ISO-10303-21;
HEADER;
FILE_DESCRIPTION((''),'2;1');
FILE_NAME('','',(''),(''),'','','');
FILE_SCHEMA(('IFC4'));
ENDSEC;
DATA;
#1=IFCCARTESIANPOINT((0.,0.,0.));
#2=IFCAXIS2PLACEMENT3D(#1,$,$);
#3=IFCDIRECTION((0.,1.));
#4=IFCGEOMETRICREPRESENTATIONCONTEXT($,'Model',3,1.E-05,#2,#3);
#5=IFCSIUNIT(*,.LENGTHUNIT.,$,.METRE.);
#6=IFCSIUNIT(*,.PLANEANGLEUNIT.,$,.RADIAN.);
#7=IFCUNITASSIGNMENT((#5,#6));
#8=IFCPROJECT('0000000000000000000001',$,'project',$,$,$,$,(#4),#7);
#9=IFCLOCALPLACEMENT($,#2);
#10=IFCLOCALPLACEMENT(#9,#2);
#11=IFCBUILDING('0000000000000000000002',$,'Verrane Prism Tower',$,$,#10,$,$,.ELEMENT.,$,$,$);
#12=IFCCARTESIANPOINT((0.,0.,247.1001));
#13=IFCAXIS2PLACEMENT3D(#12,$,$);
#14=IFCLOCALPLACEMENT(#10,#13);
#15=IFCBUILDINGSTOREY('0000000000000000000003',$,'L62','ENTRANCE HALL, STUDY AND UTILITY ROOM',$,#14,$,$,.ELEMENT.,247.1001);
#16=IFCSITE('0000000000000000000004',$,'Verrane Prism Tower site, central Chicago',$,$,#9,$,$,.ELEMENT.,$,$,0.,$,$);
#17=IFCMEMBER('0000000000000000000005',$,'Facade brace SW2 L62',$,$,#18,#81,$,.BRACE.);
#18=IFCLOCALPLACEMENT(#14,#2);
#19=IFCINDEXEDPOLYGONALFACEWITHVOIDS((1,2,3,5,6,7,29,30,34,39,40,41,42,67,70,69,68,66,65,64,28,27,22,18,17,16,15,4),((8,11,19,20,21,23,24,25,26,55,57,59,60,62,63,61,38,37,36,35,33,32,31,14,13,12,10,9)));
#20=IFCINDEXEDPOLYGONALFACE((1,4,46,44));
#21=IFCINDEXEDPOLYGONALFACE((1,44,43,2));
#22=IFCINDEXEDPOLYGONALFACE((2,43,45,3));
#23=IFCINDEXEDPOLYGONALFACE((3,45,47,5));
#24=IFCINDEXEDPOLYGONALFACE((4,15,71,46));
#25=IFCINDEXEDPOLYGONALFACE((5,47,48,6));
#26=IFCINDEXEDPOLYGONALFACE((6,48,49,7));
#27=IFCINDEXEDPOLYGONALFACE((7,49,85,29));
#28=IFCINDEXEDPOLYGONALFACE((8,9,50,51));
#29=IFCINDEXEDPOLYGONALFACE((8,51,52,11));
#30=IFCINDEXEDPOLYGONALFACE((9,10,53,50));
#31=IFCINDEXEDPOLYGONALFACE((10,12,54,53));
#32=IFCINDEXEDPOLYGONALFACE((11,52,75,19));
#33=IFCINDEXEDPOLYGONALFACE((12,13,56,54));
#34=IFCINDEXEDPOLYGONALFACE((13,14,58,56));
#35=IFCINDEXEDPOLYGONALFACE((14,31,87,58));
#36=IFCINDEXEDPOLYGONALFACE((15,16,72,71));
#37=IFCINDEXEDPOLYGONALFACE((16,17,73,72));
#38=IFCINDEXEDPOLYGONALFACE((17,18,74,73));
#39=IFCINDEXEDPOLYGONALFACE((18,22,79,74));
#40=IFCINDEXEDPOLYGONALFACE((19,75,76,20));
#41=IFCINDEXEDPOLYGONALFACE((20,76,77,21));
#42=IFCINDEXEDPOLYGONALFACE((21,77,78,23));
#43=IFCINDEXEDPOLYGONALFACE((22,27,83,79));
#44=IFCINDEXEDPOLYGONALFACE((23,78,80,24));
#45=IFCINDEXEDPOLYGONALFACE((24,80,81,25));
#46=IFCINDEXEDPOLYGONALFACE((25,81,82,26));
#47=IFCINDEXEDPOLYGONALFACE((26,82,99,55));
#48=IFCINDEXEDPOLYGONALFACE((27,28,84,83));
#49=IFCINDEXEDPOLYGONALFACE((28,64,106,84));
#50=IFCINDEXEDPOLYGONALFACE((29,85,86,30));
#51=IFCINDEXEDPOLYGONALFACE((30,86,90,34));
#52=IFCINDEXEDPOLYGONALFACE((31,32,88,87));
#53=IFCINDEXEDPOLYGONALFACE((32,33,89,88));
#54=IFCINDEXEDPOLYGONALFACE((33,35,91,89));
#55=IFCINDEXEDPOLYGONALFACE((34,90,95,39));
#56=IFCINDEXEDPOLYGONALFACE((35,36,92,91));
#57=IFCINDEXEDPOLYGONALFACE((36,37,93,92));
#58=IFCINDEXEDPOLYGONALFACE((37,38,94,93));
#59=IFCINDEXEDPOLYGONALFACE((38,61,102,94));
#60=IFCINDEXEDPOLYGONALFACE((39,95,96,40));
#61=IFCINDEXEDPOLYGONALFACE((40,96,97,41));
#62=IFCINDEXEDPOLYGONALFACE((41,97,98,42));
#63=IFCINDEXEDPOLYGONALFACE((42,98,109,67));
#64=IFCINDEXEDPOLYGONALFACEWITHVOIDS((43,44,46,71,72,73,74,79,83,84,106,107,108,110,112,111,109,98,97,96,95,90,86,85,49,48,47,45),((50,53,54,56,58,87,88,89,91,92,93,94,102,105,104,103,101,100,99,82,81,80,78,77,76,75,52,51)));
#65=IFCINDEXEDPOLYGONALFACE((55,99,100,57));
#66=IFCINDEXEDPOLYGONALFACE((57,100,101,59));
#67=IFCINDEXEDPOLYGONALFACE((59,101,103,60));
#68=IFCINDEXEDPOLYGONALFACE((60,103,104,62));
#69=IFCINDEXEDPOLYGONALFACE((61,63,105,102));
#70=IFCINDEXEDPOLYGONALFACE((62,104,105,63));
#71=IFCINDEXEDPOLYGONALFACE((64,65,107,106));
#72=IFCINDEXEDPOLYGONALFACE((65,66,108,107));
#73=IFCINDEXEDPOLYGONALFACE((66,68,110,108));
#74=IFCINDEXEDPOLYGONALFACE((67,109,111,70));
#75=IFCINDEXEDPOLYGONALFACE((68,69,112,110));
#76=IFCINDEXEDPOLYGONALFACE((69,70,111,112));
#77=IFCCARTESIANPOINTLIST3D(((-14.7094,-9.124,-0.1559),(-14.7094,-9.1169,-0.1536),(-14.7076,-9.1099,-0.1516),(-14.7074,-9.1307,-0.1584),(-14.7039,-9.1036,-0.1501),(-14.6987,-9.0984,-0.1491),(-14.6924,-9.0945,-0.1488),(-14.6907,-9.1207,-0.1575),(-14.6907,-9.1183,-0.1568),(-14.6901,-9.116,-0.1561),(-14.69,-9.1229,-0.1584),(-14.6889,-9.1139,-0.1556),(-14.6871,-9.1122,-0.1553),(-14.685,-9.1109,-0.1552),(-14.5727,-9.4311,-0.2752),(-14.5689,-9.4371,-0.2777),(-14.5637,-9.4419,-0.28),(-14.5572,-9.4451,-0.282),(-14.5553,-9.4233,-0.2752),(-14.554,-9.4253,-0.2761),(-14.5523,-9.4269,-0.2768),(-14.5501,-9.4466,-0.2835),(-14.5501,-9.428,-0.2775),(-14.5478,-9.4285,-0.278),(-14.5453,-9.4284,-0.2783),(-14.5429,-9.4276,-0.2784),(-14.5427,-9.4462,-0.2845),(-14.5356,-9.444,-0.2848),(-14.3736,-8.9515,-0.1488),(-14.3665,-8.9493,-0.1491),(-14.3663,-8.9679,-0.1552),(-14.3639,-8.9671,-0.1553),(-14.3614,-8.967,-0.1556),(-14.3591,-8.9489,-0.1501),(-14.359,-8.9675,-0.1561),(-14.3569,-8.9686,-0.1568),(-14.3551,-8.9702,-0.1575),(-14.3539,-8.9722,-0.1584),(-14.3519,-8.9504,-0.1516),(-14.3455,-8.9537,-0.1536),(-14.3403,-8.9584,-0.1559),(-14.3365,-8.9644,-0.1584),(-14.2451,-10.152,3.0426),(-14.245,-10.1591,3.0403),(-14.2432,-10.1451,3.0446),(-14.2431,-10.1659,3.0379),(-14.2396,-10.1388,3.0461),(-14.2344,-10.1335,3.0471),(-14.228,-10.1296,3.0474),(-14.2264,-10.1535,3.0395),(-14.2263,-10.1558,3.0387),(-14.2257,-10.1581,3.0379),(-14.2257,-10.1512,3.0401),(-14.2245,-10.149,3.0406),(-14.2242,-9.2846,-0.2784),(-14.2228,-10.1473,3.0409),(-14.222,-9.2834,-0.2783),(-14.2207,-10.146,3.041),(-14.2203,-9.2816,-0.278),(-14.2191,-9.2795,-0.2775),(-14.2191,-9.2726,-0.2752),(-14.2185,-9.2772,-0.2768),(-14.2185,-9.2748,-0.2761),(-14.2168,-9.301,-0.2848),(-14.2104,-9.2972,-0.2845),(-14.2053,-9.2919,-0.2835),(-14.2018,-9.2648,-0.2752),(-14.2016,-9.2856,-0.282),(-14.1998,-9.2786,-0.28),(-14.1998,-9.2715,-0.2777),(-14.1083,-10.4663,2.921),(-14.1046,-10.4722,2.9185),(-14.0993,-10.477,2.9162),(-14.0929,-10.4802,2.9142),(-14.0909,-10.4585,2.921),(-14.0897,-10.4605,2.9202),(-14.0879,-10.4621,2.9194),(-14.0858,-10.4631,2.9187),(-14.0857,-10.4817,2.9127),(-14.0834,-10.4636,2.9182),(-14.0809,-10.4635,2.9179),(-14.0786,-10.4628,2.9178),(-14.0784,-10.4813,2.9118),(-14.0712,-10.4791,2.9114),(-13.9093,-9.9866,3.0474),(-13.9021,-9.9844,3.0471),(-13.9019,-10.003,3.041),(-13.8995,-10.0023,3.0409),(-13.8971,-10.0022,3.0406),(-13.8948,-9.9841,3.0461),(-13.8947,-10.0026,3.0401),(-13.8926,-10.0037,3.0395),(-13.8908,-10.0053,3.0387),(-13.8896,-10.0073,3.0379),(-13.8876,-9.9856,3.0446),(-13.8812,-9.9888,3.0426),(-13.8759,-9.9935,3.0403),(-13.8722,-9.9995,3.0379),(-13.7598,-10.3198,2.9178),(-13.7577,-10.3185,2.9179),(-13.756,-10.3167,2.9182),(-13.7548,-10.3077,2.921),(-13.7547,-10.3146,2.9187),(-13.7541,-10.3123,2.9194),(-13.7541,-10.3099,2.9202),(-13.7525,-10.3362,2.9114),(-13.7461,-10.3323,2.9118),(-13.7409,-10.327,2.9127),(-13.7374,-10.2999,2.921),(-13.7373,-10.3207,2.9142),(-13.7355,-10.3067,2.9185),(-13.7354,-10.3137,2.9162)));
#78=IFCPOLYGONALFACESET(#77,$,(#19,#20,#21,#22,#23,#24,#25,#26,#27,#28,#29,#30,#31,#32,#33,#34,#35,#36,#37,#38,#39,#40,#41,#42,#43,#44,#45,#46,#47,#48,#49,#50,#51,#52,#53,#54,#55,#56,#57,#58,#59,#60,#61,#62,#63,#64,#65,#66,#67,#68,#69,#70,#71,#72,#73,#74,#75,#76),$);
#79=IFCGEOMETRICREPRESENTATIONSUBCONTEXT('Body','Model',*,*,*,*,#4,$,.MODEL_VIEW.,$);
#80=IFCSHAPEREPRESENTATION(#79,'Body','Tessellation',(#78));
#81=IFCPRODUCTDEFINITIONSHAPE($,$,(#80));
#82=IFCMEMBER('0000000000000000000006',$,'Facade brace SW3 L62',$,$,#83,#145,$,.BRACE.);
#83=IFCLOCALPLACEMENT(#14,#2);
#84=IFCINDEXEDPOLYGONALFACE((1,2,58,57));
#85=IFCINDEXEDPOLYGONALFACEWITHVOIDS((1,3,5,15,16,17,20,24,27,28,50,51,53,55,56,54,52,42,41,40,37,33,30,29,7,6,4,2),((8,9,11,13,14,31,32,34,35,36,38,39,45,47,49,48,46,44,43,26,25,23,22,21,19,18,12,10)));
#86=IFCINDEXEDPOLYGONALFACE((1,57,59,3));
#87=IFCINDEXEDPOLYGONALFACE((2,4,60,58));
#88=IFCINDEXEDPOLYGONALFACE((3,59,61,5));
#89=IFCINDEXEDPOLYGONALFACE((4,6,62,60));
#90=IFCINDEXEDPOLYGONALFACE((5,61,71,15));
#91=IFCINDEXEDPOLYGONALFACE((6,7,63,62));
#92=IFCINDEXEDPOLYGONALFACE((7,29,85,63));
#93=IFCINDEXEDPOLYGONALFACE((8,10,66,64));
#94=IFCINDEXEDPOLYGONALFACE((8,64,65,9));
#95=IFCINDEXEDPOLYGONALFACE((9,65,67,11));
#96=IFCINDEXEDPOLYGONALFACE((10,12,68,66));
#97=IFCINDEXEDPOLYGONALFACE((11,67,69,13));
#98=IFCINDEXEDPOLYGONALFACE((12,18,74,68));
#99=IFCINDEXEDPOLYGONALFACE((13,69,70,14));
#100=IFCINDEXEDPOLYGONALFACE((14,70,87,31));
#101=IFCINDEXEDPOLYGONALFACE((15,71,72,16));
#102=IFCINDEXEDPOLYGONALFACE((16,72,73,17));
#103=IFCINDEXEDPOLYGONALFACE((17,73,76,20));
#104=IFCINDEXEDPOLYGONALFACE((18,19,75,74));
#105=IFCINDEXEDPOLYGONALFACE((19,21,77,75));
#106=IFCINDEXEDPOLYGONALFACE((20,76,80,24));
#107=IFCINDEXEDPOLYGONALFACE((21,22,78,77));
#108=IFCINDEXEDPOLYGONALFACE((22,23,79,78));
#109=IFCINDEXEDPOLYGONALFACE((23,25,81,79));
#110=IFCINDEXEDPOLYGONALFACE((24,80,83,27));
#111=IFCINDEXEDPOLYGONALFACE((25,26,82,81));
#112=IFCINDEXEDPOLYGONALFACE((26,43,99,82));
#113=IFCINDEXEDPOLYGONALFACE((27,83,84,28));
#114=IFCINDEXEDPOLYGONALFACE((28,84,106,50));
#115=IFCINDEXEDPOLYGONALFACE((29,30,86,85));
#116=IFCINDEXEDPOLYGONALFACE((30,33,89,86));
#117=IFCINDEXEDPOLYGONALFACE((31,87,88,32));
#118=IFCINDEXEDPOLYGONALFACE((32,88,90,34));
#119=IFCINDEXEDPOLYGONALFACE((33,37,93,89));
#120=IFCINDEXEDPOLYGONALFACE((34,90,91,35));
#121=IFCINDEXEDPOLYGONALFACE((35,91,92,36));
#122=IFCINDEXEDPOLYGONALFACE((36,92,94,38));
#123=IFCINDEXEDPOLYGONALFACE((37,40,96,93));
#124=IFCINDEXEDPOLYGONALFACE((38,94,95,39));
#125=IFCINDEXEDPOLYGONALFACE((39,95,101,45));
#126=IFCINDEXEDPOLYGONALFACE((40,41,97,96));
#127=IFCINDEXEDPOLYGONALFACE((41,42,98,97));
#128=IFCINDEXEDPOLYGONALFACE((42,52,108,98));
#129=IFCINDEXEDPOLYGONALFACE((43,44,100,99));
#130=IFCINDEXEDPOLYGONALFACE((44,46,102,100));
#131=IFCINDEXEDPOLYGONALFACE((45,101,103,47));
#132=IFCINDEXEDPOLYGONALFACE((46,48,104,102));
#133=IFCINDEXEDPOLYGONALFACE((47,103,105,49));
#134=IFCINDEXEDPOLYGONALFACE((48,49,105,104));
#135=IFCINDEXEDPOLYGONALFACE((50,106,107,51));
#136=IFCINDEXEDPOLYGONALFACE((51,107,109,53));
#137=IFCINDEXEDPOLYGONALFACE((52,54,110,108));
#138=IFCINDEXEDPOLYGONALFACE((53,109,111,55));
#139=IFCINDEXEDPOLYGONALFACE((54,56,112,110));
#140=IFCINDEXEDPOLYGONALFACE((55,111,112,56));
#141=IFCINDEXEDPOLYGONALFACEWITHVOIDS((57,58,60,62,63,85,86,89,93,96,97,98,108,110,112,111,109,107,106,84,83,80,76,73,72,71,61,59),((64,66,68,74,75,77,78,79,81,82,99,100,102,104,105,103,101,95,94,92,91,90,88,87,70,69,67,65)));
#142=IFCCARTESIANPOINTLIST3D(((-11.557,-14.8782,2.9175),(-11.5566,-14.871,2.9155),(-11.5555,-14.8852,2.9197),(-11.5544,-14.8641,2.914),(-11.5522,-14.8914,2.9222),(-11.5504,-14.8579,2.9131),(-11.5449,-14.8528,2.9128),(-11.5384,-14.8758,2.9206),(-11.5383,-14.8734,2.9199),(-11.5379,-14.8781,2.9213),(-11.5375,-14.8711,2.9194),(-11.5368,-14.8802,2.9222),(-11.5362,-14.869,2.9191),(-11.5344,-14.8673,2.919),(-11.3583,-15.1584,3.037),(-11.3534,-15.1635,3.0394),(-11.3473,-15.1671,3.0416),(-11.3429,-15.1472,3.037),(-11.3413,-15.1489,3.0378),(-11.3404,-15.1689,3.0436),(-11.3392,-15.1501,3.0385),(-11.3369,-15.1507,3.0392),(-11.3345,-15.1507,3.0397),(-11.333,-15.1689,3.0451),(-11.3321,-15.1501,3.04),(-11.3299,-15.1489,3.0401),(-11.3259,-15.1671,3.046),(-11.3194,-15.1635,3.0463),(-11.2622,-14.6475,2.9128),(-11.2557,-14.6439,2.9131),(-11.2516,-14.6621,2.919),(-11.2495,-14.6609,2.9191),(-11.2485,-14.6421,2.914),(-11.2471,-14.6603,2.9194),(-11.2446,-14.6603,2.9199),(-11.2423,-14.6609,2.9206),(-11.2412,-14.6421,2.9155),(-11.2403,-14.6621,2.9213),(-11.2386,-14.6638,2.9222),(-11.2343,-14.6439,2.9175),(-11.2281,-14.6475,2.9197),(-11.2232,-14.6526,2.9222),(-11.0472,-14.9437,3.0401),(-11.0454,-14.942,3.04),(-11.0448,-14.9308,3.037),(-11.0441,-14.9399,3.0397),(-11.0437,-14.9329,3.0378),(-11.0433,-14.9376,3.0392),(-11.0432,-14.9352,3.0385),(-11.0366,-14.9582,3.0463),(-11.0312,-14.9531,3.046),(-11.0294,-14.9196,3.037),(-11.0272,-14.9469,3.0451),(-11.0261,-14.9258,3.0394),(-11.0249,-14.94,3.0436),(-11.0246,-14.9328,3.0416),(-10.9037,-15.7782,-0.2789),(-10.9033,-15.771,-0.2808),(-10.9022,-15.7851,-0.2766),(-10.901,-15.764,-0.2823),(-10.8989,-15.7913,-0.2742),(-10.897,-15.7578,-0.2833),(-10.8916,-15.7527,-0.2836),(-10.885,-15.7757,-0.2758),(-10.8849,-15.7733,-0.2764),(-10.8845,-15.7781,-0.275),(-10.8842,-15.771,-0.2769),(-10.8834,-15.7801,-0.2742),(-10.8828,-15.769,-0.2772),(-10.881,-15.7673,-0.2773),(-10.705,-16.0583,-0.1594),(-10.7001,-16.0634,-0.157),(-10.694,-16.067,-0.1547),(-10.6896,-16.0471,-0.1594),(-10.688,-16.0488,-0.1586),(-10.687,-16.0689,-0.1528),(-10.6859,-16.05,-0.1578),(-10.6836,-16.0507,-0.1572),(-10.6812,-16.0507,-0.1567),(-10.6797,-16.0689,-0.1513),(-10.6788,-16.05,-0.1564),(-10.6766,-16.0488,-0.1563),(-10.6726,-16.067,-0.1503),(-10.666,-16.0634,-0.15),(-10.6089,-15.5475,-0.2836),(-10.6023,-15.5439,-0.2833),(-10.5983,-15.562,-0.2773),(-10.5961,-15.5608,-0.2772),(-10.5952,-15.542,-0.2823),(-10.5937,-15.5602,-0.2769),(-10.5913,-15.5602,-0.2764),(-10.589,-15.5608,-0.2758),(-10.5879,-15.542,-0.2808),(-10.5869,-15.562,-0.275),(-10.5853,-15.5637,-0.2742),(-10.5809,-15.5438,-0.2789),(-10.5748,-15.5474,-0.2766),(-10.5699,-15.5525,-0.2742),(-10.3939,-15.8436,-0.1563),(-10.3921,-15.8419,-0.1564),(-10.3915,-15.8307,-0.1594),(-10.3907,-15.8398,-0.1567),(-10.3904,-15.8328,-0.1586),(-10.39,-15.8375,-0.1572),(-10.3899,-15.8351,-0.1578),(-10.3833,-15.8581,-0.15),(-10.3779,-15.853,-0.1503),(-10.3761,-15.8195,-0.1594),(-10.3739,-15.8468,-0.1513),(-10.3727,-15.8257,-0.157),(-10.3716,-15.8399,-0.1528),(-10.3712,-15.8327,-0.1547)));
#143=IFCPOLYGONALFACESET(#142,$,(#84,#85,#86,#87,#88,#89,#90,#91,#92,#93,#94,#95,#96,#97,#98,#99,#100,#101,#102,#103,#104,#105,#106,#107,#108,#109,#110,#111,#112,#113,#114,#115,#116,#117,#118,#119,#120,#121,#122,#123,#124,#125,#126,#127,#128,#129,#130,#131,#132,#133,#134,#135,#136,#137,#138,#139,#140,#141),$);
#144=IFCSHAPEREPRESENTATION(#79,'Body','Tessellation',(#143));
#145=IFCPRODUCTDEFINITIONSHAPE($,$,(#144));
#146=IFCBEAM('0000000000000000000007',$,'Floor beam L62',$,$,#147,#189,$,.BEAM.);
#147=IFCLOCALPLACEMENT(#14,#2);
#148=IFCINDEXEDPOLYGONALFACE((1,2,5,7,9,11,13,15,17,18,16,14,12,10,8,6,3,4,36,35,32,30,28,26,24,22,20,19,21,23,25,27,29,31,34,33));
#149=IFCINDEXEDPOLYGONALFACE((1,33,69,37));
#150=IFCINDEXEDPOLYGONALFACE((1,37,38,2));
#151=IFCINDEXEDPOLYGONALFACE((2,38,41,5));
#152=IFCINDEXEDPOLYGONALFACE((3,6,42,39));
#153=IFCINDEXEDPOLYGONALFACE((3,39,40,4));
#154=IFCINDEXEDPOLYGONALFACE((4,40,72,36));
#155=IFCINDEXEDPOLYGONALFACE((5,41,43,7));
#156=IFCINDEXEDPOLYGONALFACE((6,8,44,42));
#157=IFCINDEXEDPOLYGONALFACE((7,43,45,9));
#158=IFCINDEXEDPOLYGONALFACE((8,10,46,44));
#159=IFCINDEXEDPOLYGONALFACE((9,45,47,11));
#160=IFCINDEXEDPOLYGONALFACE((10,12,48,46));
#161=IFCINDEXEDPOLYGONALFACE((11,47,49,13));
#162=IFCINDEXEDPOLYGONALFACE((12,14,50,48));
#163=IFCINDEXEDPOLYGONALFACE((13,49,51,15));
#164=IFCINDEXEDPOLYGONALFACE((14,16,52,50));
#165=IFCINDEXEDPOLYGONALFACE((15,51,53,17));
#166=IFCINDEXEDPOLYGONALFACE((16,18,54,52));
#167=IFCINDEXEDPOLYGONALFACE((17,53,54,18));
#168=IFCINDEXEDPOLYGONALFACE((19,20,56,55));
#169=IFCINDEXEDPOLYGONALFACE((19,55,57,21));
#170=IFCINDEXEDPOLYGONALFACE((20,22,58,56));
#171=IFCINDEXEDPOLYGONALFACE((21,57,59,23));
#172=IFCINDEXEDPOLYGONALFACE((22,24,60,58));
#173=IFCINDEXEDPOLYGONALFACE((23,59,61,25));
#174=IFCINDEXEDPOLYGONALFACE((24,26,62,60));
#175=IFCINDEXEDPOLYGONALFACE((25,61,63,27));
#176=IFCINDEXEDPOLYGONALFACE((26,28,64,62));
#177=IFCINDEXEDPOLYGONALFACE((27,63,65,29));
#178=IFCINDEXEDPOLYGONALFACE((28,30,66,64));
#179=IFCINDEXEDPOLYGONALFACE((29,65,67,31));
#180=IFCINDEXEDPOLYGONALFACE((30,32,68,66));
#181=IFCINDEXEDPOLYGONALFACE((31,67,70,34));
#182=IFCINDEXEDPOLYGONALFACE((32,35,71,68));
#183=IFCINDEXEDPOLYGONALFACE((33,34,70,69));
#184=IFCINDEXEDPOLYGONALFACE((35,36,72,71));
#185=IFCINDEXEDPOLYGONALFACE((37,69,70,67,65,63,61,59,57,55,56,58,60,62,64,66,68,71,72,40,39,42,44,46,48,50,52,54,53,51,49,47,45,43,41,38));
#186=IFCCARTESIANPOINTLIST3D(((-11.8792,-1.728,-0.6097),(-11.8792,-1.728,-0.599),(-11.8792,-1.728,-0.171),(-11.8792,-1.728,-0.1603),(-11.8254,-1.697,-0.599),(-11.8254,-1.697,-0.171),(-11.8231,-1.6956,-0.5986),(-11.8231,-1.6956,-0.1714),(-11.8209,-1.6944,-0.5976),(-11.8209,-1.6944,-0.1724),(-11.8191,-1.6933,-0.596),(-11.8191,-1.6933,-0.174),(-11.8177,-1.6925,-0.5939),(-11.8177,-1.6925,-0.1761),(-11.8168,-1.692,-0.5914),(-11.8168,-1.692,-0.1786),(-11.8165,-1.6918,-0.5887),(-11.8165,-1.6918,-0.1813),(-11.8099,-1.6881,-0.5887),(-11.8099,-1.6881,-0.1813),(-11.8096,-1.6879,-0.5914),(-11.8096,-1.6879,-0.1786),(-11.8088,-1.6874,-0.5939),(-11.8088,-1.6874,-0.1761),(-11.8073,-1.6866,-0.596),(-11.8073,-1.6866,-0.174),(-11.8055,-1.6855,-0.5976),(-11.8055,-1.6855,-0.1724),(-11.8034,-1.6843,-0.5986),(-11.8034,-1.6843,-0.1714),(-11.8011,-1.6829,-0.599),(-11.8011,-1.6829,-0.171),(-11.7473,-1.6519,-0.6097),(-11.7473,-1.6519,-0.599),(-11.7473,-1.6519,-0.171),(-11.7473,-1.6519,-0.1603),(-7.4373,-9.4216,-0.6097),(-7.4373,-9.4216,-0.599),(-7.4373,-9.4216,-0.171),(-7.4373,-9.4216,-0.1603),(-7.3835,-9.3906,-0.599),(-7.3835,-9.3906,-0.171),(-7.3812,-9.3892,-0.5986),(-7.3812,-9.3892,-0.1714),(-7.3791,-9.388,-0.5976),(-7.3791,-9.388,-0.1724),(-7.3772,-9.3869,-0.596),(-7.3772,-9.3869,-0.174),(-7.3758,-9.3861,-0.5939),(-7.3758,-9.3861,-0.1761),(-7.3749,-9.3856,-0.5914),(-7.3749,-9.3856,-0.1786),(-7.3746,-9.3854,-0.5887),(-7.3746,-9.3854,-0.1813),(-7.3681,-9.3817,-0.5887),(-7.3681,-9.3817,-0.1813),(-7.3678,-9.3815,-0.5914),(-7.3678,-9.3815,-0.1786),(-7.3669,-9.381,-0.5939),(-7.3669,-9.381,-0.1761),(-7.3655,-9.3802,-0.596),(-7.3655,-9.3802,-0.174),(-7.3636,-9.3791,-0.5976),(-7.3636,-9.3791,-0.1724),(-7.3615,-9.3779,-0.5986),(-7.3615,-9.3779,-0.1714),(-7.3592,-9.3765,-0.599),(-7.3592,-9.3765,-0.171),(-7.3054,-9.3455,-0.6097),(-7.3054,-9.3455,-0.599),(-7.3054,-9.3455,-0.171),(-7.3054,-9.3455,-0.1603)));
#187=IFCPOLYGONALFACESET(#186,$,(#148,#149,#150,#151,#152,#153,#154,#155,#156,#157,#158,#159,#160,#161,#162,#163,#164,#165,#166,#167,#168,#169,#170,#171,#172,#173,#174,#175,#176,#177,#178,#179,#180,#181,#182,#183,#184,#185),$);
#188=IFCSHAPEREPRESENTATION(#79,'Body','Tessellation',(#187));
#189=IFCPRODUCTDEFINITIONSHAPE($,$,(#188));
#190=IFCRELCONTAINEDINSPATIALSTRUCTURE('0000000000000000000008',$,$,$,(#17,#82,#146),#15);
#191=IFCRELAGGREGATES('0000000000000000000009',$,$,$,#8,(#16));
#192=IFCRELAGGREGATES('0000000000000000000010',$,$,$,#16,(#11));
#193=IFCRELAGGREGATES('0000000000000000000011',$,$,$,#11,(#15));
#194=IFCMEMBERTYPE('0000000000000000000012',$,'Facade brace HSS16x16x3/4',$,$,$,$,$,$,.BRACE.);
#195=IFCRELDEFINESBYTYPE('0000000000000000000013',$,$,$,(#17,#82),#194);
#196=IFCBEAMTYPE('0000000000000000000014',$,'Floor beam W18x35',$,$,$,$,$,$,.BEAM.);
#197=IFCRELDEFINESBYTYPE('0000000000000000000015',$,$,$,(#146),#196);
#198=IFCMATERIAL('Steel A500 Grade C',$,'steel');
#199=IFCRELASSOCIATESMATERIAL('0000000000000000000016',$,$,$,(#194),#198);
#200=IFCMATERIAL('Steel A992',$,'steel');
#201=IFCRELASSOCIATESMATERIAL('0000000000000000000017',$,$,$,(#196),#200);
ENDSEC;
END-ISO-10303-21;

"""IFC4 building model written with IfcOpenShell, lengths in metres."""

from ifc_helpers import new_model, si_unit, direction, frame, origin, origin_2d, place, context, subcontext, project, spatial, hollow_rectangle, i_section, extrude, material, material_profile, profile_set, type_object, element, save


model = new_model("IFC4")

# Units and contexts
model_context = context("Model", 3, precision=1e-05, world=origin(), true_north=direction((0.0, 1.0)))
body_context = subcontext(model_context, "Body", "Model", "MODEL_VIEW")
ifc_project = project(units=[si_unit("LENGTHUNIT", "METRE"), si_unit("PLANEANGLEUNIT", "RADIAN")], contexts=[model_context])

# Site, building, storey
site_placement = place(None, origin())
site = spatial("IfcSite", under=ifc_project, at=site_placement, Name="Verrane Prism Tower site, central Chicago", CompositionType="ELEMENT", RefElevation=0.0)
building_placement = place(site_placement, origin())
building = spatial("IfcBuilding", under=site, at=building_placement, Name="Verrane Prism Tower", CompositionType="ELEMENT")
storey_placement = place(building_placement, frame((0.0, 0.0, 247.1001)))
storey = spatial("IfcBuildingStorey", under=building, at=storey_placement, Name="L62", Description="ENTRANCE HALL, STUDY AND UTILITY ROOM", CompositionType="ELEMENT", Elevation=247.1001)

# Members
ifc_material_1 = material(Name="Steel A500 Grade C", Category="steel")
ifc_material_profile_1 = material_profile(ifc_material_1, hollow_rectangle(XDim=0.4065, YDim=0.4065, WallThickness=0.019, InnerFilletRadius=0.0095, OuterFilletRadius=0.0286, at=origin_2d()), Name="HSS16x16x3/4")
ifc_profile_set_1 = profile_set([ifc_material_profile_1], Name="Steel A500 Grade C")
member_type_1 = type_object("IfcMemberType", Name="Facade brace HSS16x16x3/4", PredefinedType="BRACE", material=ifc_profile_set_1)
member_1_placement = place(storey_placement, frame((-14.4546, -9.1978, -0.2168), z_axis=(0.13691, -0.305205, 0.942393), x_axis=(0.912404, 0.409291, 0.0)))
element("IfcMember", 1, at=member_1_placement, inside=storey, type_object=member_type_1, Name="Facade brace SW2 L62", PredefinedType="BRACE", context=body_context, shape_type="SweptSolid", body=[
    extrude(hollow_rectangle(XDim=0.4065, YDim=0.4065, WallThickness=0.019, InnerFilletRadius=0.0095, OuterFilletRadius=0.0286, at=origin_2d()), origin(), (0.0, 0.0, 1.0), 3.3916),
])
member_2_placement = place(storey_placement, frame((-10.6375, -15.8054, -0.2168), z_axis=(-0.193049, 0.265912, 0.94447), x_axis=(-0.809229, -0.587493, 0.0)))
element("IfcMember", 2, at=member_2_placement, inside=storey, type_object=member_type_1, Name="Facade brace SW3 L62", PredefinedType="BRACE", context=body_context, shape_type="SweptSolid", body=[
    extrude(hollow_rectangle(XDim=0.4065, YDim=0.4065, WallThickness=0.019, InnerFilletRadius=0.0095, OuterFilletRadius=0.0286, at=origin_2d()), origin(), (0.0, 0.0, 1.0), 3.3843),
])

# Beam
ifc_material_2 = material(Name="Steel A992", Category="steel")
ifc_material_profile_2 = material_profile(ifc_material_2, i_section(OverallWidth=0.1523, OverallDepth=0.4495, WebThickness=0.0076, FlangeThickness=0.0107, FilletRadius=0.0103, at=origin_2d()), Name="W18x35")
ifc_profile_set_2 = profile_set([ifc_material_profile_2], Name="Steel A992")
beam_type_1 = type_object("IfcBeamType", Name="Floor beam W18x35", PredefinedType="BEAM", material=ifc_profile_set_2)
beam_1_placement = place(storey_placement, frame((-7.3713, -9.3835, -0.385), z_axis=(-0.499999, 0.866026, 0.0), x_axis=(-0.866026, -0.499999, 0.0)))
element("IfcBeam", 3, at=beam_1_placement, inside=storey, type_object=beam_type_1, Name="Floor beam L62", PredefinedType="BEAM", context=body_context, shape_type="SweptSolid", body=[
    extrude(i_section(OverallWidth=0.1523, OverallDepth=0.4495, WebThickness=0.0076, FlangeThickness=0.0107, FilletRadius=0.0103, at=origin_2d()), origin(), (0.0, 0.0, 1.0), 8.8838),
])

save(model, "model.ifc")
